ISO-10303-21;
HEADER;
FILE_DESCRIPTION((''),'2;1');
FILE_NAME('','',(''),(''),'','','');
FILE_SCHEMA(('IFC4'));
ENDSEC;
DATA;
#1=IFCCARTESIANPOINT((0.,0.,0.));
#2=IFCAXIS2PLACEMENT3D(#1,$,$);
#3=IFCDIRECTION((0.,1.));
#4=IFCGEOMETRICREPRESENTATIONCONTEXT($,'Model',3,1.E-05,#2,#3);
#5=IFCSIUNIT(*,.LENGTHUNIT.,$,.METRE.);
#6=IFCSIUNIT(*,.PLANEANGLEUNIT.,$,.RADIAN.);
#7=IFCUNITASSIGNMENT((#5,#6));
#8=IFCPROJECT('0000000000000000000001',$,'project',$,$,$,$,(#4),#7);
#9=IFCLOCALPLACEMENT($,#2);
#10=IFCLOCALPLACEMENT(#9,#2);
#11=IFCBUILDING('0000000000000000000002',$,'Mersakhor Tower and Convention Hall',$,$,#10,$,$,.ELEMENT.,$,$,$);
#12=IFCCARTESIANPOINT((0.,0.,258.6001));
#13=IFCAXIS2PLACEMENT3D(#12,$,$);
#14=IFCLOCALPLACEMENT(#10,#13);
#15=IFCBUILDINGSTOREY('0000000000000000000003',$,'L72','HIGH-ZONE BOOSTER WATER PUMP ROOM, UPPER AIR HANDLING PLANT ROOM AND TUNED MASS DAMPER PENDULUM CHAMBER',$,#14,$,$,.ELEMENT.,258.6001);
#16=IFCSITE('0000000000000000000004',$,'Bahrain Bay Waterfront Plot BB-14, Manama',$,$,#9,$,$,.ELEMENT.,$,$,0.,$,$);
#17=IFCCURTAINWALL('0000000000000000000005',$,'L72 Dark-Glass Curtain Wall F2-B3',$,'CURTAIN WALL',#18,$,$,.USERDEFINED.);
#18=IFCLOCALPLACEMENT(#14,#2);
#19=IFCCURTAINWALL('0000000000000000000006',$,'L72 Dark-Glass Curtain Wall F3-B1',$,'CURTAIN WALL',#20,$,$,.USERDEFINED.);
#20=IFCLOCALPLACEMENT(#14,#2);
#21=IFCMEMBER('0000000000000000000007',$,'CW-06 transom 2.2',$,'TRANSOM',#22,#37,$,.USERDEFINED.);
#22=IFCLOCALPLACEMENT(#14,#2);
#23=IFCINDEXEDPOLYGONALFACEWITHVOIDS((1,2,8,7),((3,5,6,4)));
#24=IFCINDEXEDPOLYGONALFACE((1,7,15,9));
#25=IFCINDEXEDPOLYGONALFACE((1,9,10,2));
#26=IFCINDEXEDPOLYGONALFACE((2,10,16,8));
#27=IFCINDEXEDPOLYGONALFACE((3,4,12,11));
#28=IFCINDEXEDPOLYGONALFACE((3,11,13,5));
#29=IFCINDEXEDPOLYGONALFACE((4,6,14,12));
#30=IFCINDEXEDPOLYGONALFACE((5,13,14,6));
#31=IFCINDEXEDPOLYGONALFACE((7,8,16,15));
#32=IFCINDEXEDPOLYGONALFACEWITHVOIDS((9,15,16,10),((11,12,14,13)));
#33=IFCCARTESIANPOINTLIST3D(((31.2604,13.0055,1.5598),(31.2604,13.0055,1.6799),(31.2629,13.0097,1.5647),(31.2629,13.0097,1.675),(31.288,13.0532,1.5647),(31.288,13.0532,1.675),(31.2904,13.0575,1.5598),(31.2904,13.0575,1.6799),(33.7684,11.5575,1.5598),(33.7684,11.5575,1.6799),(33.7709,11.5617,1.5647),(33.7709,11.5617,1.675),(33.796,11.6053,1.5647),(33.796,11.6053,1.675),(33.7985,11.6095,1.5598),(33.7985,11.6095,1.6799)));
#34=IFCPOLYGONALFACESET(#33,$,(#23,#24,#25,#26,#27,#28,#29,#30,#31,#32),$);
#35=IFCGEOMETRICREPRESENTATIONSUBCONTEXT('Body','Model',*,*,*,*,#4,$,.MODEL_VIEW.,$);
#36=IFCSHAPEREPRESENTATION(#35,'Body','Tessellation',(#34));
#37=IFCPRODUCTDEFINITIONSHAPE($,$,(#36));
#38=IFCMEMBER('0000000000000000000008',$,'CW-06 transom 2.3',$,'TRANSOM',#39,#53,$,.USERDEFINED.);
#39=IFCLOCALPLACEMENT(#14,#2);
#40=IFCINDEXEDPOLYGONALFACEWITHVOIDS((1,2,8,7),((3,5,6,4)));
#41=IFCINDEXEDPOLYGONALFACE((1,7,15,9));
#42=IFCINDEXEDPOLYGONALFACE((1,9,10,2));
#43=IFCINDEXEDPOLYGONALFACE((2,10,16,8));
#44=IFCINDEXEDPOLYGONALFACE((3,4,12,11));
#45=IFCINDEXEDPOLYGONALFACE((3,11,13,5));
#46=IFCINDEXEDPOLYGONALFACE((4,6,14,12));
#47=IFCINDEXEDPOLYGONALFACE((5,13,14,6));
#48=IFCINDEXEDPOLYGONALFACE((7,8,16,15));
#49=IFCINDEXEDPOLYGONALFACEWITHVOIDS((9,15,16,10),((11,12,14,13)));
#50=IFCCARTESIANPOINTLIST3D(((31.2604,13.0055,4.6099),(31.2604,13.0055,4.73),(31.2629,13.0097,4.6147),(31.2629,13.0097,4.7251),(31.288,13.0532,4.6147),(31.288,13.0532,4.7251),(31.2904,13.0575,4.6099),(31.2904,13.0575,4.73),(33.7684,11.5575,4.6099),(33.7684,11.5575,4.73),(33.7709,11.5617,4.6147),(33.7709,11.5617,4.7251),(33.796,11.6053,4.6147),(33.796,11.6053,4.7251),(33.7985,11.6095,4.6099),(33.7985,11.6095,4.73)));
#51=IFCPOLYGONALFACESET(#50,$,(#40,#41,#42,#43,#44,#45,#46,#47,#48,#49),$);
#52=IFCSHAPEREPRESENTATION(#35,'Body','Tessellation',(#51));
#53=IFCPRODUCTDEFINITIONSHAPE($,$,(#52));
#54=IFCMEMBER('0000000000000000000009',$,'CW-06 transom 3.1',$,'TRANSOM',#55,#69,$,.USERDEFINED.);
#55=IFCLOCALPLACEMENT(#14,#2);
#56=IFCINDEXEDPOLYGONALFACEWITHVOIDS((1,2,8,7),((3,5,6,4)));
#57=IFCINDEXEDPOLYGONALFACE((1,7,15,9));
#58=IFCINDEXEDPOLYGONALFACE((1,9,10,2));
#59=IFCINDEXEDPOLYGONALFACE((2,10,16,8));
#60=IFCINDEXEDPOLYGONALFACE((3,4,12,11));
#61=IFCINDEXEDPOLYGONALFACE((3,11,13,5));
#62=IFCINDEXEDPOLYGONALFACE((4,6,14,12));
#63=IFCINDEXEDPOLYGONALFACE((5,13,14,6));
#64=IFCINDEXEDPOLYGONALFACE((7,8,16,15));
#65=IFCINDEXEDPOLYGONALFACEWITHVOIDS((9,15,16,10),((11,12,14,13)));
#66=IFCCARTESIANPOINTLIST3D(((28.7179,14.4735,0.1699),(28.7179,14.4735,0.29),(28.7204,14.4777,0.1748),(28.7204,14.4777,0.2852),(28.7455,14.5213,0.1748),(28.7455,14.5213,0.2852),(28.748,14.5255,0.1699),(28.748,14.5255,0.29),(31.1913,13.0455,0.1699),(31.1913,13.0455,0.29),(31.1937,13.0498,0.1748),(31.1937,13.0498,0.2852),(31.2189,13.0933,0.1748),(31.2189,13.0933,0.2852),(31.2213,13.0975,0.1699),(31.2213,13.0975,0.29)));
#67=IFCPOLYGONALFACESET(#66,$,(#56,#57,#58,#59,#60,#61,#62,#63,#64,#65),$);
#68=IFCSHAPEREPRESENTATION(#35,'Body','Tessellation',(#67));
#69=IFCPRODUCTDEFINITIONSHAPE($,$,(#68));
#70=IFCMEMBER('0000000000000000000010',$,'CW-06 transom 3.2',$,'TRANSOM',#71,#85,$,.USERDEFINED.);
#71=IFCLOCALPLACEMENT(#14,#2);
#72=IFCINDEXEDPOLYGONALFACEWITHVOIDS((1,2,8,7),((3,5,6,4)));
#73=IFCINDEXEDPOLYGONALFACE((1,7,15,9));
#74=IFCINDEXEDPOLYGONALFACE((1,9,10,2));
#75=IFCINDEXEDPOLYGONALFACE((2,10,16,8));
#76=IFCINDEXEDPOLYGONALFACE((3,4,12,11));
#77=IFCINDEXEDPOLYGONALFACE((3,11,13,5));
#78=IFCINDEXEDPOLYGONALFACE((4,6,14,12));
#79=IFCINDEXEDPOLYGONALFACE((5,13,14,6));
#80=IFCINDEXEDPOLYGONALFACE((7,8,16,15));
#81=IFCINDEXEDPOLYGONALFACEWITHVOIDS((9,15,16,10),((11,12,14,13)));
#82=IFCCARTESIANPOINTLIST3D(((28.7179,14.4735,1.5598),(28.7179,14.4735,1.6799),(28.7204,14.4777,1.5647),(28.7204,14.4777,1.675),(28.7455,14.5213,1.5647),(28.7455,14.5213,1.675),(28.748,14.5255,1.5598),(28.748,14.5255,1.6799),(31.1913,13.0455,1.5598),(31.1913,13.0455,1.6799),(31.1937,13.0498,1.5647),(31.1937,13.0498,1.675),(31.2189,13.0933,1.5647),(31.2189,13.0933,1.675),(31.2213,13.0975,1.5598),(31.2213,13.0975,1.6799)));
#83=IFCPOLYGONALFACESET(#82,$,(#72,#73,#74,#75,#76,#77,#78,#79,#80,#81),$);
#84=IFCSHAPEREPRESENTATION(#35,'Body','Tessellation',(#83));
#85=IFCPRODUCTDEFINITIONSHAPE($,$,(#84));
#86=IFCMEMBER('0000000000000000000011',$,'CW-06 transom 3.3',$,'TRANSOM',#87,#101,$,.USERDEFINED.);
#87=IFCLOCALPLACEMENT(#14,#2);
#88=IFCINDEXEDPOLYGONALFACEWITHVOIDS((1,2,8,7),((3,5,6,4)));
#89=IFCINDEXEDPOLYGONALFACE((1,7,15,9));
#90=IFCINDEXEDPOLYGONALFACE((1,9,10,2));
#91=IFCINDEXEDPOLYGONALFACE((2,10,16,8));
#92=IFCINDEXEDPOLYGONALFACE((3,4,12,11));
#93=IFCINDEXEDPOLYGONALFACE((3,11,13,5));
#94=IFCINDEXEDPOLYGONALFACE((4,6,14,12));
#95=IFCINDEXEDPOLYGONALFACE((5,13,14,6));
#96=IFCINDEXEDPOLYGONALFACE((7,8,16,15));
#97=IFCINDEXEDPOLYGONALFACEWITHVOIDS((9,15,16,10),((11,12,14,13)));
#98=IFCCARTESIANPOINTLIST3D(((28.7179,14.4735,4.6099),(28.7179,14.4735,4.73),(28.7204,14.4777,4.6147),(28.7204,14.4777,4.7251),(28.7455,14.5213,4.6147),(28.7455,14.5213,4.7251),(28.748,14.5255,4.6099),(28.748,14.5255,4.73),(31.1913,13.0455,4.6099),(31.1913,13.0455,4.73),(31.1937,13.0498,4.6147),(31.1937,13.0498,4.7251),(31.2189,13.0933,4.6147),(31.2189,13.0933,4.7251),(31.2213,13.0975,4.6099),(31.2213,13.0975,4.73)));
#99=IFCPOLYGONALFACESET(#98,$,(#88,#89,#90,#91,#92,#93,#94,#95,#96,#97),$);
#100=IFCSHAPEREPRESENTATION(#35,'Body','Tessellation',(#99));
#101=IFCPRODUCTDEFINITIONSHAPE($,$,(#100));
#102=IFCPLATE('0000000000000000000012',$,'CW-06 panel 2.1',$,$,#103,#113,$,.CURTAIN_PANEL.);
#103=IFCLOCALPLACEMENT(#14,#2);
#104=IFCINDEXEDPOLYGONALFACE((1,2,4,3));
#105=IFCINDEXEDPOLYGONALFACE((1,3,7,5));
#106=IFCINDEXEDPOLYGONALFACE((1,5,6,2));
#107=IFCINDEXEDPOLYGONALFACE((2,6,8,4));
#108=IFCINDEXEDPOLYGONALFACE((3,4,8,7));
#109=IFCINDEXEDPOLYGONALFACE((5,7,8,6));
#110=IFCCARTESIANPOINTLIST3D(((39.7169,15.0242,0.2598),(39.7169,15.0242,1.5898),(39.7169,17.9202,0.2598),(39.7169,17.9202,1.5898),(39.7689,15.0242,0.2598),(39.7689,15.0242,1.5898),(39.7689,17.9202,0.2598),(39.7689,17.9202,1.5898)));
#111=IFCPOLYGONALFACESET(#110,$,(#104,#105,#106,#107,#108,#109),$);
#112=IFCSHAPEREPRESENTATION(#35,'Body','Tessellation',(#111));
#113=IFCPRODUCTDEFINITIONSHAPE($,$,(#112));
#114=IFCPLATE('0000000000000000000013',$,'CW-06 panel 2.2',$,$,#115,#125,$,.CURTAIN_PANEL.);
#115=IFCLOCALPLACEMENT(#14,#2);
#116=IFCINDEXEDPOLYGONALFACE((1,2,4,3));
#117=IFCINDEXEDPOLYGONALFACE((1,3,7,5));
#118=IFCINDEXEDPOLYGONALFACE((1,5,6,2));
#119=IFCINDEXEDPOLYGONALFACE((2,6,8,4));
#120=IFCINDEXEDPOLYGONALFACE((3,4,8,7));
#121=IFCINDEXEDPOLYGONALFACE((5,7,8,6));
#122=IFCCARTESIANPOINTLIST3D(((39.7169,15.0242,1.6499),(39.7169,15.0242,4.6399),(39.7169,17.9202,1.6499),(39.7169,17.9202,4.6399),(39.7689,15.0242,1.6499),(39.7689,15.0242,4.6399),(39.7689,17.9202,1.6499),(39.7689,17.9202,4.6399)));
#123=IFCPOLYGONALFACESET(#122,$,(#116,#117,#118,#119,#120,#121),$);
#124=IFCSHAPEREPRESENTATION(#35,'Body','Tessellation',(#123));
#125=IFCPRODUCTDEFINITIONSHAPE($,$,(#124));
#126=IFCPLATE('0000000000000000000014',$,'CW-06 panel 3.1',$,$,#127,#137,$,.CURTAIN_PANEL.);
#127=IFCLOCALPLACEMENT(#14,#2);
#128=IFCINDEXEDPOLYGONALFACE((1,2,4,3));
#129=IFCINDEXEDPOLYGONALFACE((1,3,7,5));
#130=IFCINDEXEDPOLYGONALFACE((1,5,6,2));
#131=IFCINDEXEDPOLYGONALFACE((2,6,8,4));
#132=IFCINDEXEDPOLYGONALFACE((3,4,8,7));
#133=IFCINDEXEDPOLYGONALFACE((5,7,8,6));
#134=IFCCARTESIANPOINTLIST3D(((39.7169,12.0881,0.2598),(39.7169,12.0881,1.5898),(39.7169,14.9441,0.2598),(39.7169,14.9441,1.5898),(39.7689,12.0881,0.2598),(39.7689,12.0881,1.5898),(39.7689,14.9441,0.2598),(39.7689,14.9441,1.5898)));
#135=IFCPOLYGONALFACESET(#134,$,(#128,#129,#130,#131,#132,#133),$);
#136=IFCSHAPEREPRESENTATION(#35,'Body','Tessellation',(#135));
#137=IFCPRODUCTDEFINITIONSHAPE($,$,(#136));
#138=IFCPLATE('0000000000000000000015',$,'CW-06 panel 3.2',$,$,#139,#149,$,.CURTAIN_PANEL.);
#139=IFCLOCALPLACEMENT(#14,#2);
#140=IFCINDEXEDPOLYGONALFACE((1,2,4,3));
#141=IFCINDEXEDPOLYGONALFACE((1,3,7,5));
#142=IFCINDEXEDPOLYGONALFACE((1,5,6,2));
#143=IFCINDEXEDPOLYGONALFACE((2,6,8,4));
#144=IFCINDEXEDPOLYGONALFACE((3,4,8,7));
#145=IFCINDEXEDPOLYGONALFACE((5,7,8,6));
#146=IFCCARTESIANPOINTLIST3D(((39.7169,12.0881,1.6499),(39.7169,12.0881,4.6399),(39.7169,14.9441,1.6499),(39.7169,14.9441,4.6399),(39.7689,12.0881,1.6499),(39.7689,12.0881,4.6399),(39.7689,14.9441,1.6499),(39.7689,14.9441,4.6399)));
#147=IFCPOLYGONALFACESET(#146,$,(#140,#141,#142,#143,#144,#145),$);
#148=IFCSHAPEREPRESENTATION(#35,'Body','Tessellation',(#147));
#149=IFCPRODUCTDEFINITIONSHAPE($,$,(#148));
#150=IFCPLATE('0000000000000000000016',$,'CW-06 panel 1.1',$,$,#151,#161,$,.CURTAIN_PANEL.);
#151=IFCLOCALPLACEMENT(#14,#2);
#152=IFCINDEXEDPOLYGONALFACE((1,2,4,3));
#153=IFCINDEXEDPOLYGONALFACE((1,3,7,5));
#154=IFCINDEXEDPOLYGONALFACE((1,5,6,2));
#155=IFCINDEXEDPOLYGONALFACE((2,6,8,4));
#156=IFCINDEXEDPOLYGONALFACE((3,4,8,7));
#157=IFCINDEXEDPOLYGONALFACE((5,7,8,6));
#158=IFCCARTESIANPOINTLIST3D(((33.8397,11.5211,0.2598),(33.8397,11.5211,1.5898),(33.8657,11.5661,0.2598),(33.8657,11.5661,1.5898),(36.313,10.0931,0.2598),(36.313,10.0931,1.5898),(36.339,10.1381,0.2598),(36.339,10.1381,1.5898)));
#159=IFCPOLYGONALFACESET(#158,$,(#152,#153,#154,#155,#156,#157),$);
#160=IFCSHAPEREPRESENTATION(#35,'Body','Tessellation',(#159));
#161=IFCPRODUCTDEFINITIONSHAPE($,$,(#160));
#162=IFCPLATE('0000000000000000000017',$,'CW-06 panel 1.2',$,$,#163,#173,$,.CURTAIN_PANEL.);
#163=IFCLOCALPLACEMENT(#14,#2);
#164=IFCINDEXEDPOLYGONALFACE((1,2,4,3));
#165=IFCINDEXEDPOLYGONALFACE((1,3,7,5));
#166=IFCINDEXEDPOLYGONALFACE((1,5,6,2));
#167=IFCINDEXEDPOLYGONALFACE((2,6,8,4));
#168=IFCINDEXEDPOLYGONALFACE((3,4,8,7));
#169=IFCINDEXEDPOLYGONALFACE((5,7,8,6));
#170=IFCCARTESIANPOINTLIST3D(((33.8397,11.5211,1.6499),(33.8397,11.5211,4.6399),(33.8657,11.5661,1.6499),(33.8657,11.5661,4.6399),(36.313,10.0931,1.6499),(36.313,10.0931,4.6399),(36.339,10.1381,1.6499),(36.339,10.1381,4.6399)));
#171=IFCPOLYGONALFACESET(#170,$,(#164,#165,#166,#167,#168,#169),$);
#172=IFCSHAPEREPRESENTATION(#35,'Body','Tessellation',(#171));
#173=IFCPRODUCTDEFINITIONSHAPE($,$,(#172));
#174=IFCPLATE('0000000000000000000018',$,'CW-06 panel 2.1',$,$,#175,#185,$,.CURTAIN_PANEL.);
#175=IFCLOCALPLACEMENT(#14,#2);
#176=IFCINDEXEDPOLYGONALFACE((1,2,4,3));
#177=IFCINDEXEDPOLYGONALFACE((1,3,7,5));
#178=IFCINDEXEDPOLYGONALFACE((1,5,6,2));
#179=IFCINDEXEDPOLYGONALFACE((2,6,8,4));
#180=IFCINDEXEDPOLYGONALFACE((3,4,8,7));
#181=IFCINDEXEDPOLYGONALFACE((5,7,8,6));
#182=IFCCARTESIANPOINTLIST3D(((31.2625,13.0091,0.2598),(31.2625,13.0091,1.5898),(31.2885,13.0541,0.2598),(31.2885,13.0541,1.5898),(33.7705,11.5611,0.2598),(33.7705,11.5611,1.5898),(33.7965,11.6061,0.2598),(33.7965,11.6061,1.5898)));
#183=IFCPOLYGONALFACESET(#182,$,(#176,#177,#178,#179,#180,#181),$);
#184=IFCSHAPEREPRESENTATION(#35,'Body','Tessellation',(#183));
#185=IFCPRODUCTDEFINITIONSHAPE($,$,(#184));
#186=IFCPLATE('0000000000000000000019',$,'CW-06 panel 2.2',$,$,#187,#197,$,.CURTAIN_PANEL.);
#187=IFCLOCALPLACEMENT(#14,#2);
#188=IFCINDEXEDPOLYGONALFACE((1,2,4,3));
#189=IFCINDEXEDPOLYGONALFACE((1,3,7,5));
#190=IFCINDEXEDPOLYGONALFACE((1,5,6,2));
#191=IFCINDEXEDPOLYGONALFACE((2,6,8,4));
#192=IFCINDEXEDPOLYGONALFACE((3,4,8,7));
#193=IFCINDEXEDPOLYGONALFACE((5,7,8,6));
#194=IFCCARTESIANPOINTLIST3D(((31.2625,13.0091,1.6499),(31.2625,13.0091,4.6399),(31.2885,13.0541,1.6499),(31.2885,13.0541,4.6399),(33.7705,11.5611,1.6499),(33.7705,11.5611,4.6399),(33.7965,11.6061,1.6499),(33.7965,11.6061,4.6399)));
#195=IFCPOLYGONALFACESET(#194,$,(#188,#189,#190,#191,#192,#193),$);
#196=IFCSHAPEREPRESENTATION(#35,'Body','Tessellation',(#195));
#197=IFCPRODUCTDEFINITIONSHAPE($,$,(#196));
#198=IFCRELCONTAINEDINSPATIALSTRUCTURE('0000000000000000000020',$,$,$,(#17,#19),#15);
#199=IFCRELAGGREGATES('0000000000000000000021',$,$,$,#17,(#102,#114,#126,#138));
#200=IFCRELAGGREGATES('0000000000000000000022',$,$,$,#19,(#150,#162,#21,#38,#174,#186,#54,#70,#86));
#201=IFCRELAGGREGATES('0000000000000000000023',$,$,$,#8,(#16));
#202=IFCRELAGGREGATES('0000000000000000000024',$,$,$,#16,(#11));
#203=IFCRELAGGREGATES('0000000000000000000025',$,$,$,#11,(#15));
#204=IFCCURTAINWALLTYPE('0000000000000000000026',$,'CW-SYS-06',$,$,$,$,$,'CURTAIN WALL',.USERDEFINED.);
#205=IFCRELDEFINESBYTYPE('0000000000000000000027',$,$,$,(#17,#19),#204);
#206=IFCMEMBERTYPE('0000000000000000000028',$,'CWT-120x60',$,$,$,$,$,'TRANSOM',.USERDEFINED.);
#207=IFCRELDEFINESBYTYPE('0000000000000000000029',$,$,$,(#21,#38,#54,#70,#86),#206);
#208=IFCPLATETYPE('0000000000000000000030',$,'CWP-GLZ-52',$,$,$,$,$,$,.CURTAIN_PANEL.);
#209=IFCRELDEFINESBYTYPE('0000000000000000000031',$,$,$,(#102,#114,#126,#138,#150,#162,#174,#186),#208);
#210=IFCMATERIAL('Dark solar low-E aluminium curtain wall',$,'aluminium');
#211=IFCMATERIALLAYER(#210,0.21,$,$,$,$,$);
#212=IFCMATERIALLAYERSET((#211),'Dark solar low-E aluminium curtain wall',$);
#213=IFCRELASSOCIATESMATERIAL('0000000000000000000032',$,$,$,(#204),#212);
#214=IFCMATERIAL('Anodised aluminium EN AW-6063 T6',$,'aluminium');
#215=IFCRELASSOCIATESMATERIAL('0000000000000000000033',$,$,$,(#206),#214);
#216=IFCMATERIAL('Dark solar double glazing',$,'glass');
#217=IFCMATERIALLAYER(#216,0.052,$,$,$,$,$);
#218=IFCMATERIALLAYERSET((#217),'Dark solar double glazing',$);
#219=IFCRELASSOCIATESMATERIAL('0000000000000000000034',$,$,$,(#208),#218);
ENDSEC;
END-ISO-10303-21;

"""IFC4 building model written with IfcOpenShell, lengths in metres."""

from ifc_helpers import new_model, si_unit, direction, frame, origin, origin_2d, place, context, subcontext, project, spatial, rectangle, hollow_rectangle, extrude, material, layer, layer_set, material_profile, profile_set, type_object, element, aggregate, save


model = new_model("IFC4")

# Units and contexts
model_context = context("Model", 3, precision=1e-05, world=origin(), true_north=direction((0.0, 1.0)))
body_context = subcontext(model_context, "Body", "Model", "MODEL_VIEW")
ifc_project = project(units=[si_unit("LENGTHUNIT", "METRE"), si_unit("PLANEANGLEUNIT", "RADIAN")], contexts=[model_context])

# Site, building, storey
site_placement = place(None, origin())
site = spatial("IfcSite", under=ifc_project, at=site_placement, Name="Bahrain Bay Waterfront Plot BB-14, Manama", CompositionType="ELEMENT", RefElevation=0.0)
building_placement = place(site_placement, origin())
building = spatial("IfcBuilding", under=site, at=building_placement, Name="Mersakhor Tower and Convention Hall", CompositionType="ELEMENT")
storey_placement = place(building_placement, frame((0.0, 0.0, 258.6001)))
storey = spatial("IfcBuildingStorey", under=building, at=storey_placement, Name="L72", Description="HIGH-ZONE BOOSTER WATER PUMP ROOM, UPPER AIR HANDLING PLANT ROOM AND TUNED MASS DAMPER PENDULUM CHAMBER", CompositionType="ELEMENT", Elevation=258.6001)

# Curtain walls
ifc_material_1 = material(Name="Dark solar low-E aluminium curtain wall", Category="aluminium")
ifc_layer_1 = layer(ifc_material_1, 0.21)
ifc_layer_set_1 = layer_set([ifc_layer_1], Name="Dark solar low-E aluminium curtain wall")
curtain_wall_type = type_object("IfcCurtainWallType", Name="CW-SYS-06", ElementType="CURTAIN WALL", PredefinedType="USERDEFINED", material=ifc_layer_set_1)
curtain_wall_1_placement = place(storey_placement, origin())
curtain_wall_1 = element("IfcCurtainWall", 1, at=curtain_wall_1_placement, inside=storey, type_object=curtain_wall_type, Name="L72 Dark-Glass Curtain Wall F2-B3", ObjectType="CURTAIN WALL", PredefinedType="USERDEFINED")
curtain_wall_2_placement = place(storey_placement, origin())
curtain_wall_2 = element("IfcCurtainWall", 2, at=curtain_wall_2_placement, inside=storey, type_object=curtain_wall_type, Name="L72 Dark-Glass Curtain Wall F3-B1", ObjectType="CURTAIN WALL", PredefinedType="USERDEFINED")

# Members
ifc_material_2 = material(Name="Anodised aluminium EN AW-6063 T6", Category="aluminium")
ifc_material_profile_1 = material_profile(ifc_material_2, hollow_rectangle(XDim=0.0601, YDim=0.1201, WallThickness=0.0049, at=origin_2d()), Name="RHS 120x60x5")
ifc_profile_set_1 = profile_set([ifc_material_profile_1], Name="Anodised aluminium EN AW-6063 T6")
member_type_1 = type_object("IfcMemberType", Name="CWT-120x60", ElementType="TRANSOM", PredefinedType="USERDEFINED", material=ifc_profile_set_1)
member_1_placement = place(storey_placement, frame((33.7834, 11.5835, 1.6199), z_axis=(-0.86603, 0.499992, 0.0), x_axis=(-0.499992, -0.86603, 0.0)))
member_1 = element("IfcMember", 3, at=member_1_placement, type_object=member_type_1, Name="CW-06 transom 2.2", ObjectType="TRANSOM", PredefinedType="USERDEFINED", context=body_context, shape_type="SweptSolid", body=[
    extrude(hollow_rectangle(XDim=0.0601, YDim=0.1201, WallThickness=0.0049, at=origin_2d()), origin(), (0.0, 0.0, 1.0), 2.896),
])
member_2_placement = place(storey_placement, frame((33.7834, 11.5835, 4.6699), z_axis=(-0.86603, 0.499992, 0.0), x_axis=(-0.499992, -0.86603, 0.0)))
member_2 = element("IfcMember", 4, at=member_2_placement, type_object=member_type_1, Name="CW-06 transom 2.3", ObjectType="TRANSOM", PredefinedType="USERDEFINED", context=body_context, shape_type="SweptSolid", body=[
    extrude(hollow_rectangle(XDim=0.0601, YDim=0.1201, WallThickness=0.0049, at=origin_2d()), origin(), (0.0, 0.0, 1.0), 2.896),
])
member_3_placement = place(storey_placement, frame((31.2063, 13.0715, 0.23), z_axis=(-0.86603, 0.499991, 0.0), x_axis=(-0.499991, -0.86603, 0.0)))
member_3 = element("IfcMember", 5, at=member_3_placement, type_object=member_type_1, Name="CW-06 transom 3.1", ObjectType="TRANSOM", PredefinedType="USERDEFINED", context=body_context, shape_type="SweptSolid", body=[
    extrude(hollow_rectangle(XDim=0.0601, YDim=0.1201, WallThickness=0.0049, at=origin_2d()), origin(), (0.0, 0.0, 1.0), 2.856),
])
member_4_placement = place(storey_placement, frame((31.2063, 13.0715, 1.6199), z_axis=(-0.86603, 0.499991, 0.0), x_axis=(-0.499991, -0.86603, 0.0)))
member_4 = element("IfcMember", 6, at=member_4_placement, type_object=member_type_1, Name="CW-06 transom 3.2", ObjectType="TRANSOM", PredefinedType="USERDEFINED", context=body_context, shape_type="SweptSolid", body=[
    extrude(hollow_rectangle(XDim=0.0601, YDim=0.1201, WallThickness=0.0049, at=origin_2d()), origin(), (0.0, 0.0, 1.0), 2.856),
])
member_5_placement = place(storey_placement, frame((31.2063, 13.0715, 4.6699), z_axis=(-0.86603, 0.499991, 0.0), x_axis=(-0.499991, -0.86603, 0.0)))
member_5 = element("IfcMember", 7, at=member_5_placement, type_object=member_type_1, Name="CW-06 transom 3.3", ObjectType="TRANSOM", PredefinedType="USERDEFINED", context=body_context, shape_type="SweptSolid", body=[
    extrude(hollow_rectangle(XDim=0.0601, YDim=0.1201, WallThickness=0.0049, at=origin_2d()), origin(), (0.0, 0.0, 1.0), 2.856),
])

# Plates
ifc_material_3 = material(Name="Dark solar double glazing", Category="glass")
ifc_layer_2 = layer(ifc_material_3, 0.052)
ifc_layer_set_2 = layer_set([ifc_layer_2], Name="Dark solar double glazing")
plate_type = type_object("IfcPlateType", Name="CWP-GLZ-52", PredefinedType="CURTAIN_PANEL", material=ifc_layer_set_2)
plate_1_placement = place(storey_placement, frame((39.7429, 16.4722, 0.2598), z_axis=(0.0, 0.0, 1.0), x_axis=(0.0, -1.0, 0.0)))
plate_1 = element("IfcPlate", 8, at=plate_1_placement, type_object=plate_type, Name="CW-06 panel 2.1", PredefinedType="CURTAIN_PANEL", context=body_context, shape_type="SweptSolid", body=[
    extrude(rectangle(XDim=2.896, YDim=0.052, at=origin_2d()), origin(), (0.0, 0.0, 1.0), 1.3301),
])
plate_2_placement = place(storey_placement, frame((39.7429, 16.4722, 1.6499), z_axis=(0.0, 0.0, 1.0), x_axis=(0.0, -1.0, 0.0)))
plate_2 = element("IfcPlate", 9, at=plate_2_placement, type_object=plate_type, Name="CW-06 panel 2.2", PredefinedType="CURTAIN_PANEL", context=body_context, shape_type="SweptSolid", body=[
    extrude(rectangle(XDim=2.896, YDim=0.052, at=origin_2d()), origin(), (0.0, 0.0, 1.0), 2.99),
])
plate_3_placement = place(storey_placement, frame((39.7429, 13.5161, 0.2598), z_axis=(0.0, 0.0, 1.0), x_axis=(0.0, -1.0, 0.0)))
plate_3 = element("IfcPlate", 10, at=plate_3_placement, type_object=plate_type, Name="CW-06 panel 3.1", PredefinedType="CURTAIN_PANEL", context=body_context, shape_type="SweptSolid", body=[
    extrude(rectangle(XDim=2.856, YDim=0.052, at=origin_2d()), origin(), (0.0, 0.0, 1.0), 1.3301),
])
plate_4_placement = place(storey_placement, frame((39.7429, 13.5161, 1.6499), z_axis=(0.0, 0.0, 1.0), x_axis=(0.0, -1.0, 0.0)))
plate_4 = element("IfcPlate", 11, at=plate_4_placement, type_object=plate_type, Name="CW-06 panel 3.2", PredefinedType="CURTAIN_PANEL", context=body_context, shape_type="SweptSolid", body=[
    extrude(rectangle(XDim=2.856, YDim=0.052, at=origin_2d()), origin(), (0.0, 0.0, 1.0), 2.99),
])
aggregate(curtain_wall_1, [plate_1, plate_2, plate_3, plate_4])
plate_5_placement = place(storey_placement, frame((35.0894, 10.8296, 0.2598), z_axis=(0.0, 0.0, 1.0), x_axis=(-0.866025, 0.5, 0.0)))
plate_5 = element("IfcPlate", 12, at=plate_5_placement, type_object=plate_type, Name="CW-06 panel 1.1", PredefinedType="CURTAIN_PANEL", context=body_context, shape_type="SweptSolid", body=[
    extrude(rectangle(XDim=2.856, YDim=0.052, at=origin_2d()), origin(), (0.0, 0.0, 1.0), 1.3301),
])
plate_6_placement = place(storey_placement, frame((35.0894, 10.8296, 1.6499), z_axis=(0.0, 0.0, 1.0), x_axis=(-0.866025, 0.5, 0.0)))
plate_6 = element("IfcPlate", 13, at=plate_6_placement, type_object=plate_type, Name="CW-06 panel 1.2", PredefinedType="CURTAIN_PANEL", context=body_context, shape_type="SweptSolid", body=[
    extrude(rectangle(XDim=2.856, YDim=0.052, at=origin_2d()), origin(), (0.0, 0.0, 1.0), 2.99),
])
plate_7_placement = place(storey_placement, frame((32.5295, 12.3076, 0.2598), z_axis=(0.0, 0.0, 1.0), x_axis=(-0.866025, 0.5, 0.0)))
plate_7 = element("IfcPlate", 14, at=plate_7_placement, type_object=plate_type, Name="CW-06 panel 2.1", PredefinedType="CURTAIN_PANEL", context=body_context, shape_type="SweptSolid", body=[
    extrude(rectangle(XDim=2.896, YDim=0.052, at=origin_2d()), origin(), (0.0, 0.0, 1.0), 1.3301),
])
plate_8_placement = place(storey_placement, frame((32.5295, 12.3076, 1.6499), z_axis=(0.0, 0.0, 1.0), x_axis=(-0.866025, 0.5, 0.0)))
plate_8 = element("IfcPlate", 15, at=plate_8_placement, type_object=plate_type, Name="CW-06 panel 2.2", PredefinedType="CURTAIN_PANEL", context=body_context, shape_type="SweptSolid", body=[
    extrude(rectangle(XDim=2.896, YDim=0.052, at=origin_2d()), origin(), (0.0, 0.0, 1.0), 2.99),
])
aggregate(curtain_wall_2, [plate_5, plate_6, member_1, member_2, plate_7, plate_8, member_3, member_4, member_5])

save(model, "model.ifc")
